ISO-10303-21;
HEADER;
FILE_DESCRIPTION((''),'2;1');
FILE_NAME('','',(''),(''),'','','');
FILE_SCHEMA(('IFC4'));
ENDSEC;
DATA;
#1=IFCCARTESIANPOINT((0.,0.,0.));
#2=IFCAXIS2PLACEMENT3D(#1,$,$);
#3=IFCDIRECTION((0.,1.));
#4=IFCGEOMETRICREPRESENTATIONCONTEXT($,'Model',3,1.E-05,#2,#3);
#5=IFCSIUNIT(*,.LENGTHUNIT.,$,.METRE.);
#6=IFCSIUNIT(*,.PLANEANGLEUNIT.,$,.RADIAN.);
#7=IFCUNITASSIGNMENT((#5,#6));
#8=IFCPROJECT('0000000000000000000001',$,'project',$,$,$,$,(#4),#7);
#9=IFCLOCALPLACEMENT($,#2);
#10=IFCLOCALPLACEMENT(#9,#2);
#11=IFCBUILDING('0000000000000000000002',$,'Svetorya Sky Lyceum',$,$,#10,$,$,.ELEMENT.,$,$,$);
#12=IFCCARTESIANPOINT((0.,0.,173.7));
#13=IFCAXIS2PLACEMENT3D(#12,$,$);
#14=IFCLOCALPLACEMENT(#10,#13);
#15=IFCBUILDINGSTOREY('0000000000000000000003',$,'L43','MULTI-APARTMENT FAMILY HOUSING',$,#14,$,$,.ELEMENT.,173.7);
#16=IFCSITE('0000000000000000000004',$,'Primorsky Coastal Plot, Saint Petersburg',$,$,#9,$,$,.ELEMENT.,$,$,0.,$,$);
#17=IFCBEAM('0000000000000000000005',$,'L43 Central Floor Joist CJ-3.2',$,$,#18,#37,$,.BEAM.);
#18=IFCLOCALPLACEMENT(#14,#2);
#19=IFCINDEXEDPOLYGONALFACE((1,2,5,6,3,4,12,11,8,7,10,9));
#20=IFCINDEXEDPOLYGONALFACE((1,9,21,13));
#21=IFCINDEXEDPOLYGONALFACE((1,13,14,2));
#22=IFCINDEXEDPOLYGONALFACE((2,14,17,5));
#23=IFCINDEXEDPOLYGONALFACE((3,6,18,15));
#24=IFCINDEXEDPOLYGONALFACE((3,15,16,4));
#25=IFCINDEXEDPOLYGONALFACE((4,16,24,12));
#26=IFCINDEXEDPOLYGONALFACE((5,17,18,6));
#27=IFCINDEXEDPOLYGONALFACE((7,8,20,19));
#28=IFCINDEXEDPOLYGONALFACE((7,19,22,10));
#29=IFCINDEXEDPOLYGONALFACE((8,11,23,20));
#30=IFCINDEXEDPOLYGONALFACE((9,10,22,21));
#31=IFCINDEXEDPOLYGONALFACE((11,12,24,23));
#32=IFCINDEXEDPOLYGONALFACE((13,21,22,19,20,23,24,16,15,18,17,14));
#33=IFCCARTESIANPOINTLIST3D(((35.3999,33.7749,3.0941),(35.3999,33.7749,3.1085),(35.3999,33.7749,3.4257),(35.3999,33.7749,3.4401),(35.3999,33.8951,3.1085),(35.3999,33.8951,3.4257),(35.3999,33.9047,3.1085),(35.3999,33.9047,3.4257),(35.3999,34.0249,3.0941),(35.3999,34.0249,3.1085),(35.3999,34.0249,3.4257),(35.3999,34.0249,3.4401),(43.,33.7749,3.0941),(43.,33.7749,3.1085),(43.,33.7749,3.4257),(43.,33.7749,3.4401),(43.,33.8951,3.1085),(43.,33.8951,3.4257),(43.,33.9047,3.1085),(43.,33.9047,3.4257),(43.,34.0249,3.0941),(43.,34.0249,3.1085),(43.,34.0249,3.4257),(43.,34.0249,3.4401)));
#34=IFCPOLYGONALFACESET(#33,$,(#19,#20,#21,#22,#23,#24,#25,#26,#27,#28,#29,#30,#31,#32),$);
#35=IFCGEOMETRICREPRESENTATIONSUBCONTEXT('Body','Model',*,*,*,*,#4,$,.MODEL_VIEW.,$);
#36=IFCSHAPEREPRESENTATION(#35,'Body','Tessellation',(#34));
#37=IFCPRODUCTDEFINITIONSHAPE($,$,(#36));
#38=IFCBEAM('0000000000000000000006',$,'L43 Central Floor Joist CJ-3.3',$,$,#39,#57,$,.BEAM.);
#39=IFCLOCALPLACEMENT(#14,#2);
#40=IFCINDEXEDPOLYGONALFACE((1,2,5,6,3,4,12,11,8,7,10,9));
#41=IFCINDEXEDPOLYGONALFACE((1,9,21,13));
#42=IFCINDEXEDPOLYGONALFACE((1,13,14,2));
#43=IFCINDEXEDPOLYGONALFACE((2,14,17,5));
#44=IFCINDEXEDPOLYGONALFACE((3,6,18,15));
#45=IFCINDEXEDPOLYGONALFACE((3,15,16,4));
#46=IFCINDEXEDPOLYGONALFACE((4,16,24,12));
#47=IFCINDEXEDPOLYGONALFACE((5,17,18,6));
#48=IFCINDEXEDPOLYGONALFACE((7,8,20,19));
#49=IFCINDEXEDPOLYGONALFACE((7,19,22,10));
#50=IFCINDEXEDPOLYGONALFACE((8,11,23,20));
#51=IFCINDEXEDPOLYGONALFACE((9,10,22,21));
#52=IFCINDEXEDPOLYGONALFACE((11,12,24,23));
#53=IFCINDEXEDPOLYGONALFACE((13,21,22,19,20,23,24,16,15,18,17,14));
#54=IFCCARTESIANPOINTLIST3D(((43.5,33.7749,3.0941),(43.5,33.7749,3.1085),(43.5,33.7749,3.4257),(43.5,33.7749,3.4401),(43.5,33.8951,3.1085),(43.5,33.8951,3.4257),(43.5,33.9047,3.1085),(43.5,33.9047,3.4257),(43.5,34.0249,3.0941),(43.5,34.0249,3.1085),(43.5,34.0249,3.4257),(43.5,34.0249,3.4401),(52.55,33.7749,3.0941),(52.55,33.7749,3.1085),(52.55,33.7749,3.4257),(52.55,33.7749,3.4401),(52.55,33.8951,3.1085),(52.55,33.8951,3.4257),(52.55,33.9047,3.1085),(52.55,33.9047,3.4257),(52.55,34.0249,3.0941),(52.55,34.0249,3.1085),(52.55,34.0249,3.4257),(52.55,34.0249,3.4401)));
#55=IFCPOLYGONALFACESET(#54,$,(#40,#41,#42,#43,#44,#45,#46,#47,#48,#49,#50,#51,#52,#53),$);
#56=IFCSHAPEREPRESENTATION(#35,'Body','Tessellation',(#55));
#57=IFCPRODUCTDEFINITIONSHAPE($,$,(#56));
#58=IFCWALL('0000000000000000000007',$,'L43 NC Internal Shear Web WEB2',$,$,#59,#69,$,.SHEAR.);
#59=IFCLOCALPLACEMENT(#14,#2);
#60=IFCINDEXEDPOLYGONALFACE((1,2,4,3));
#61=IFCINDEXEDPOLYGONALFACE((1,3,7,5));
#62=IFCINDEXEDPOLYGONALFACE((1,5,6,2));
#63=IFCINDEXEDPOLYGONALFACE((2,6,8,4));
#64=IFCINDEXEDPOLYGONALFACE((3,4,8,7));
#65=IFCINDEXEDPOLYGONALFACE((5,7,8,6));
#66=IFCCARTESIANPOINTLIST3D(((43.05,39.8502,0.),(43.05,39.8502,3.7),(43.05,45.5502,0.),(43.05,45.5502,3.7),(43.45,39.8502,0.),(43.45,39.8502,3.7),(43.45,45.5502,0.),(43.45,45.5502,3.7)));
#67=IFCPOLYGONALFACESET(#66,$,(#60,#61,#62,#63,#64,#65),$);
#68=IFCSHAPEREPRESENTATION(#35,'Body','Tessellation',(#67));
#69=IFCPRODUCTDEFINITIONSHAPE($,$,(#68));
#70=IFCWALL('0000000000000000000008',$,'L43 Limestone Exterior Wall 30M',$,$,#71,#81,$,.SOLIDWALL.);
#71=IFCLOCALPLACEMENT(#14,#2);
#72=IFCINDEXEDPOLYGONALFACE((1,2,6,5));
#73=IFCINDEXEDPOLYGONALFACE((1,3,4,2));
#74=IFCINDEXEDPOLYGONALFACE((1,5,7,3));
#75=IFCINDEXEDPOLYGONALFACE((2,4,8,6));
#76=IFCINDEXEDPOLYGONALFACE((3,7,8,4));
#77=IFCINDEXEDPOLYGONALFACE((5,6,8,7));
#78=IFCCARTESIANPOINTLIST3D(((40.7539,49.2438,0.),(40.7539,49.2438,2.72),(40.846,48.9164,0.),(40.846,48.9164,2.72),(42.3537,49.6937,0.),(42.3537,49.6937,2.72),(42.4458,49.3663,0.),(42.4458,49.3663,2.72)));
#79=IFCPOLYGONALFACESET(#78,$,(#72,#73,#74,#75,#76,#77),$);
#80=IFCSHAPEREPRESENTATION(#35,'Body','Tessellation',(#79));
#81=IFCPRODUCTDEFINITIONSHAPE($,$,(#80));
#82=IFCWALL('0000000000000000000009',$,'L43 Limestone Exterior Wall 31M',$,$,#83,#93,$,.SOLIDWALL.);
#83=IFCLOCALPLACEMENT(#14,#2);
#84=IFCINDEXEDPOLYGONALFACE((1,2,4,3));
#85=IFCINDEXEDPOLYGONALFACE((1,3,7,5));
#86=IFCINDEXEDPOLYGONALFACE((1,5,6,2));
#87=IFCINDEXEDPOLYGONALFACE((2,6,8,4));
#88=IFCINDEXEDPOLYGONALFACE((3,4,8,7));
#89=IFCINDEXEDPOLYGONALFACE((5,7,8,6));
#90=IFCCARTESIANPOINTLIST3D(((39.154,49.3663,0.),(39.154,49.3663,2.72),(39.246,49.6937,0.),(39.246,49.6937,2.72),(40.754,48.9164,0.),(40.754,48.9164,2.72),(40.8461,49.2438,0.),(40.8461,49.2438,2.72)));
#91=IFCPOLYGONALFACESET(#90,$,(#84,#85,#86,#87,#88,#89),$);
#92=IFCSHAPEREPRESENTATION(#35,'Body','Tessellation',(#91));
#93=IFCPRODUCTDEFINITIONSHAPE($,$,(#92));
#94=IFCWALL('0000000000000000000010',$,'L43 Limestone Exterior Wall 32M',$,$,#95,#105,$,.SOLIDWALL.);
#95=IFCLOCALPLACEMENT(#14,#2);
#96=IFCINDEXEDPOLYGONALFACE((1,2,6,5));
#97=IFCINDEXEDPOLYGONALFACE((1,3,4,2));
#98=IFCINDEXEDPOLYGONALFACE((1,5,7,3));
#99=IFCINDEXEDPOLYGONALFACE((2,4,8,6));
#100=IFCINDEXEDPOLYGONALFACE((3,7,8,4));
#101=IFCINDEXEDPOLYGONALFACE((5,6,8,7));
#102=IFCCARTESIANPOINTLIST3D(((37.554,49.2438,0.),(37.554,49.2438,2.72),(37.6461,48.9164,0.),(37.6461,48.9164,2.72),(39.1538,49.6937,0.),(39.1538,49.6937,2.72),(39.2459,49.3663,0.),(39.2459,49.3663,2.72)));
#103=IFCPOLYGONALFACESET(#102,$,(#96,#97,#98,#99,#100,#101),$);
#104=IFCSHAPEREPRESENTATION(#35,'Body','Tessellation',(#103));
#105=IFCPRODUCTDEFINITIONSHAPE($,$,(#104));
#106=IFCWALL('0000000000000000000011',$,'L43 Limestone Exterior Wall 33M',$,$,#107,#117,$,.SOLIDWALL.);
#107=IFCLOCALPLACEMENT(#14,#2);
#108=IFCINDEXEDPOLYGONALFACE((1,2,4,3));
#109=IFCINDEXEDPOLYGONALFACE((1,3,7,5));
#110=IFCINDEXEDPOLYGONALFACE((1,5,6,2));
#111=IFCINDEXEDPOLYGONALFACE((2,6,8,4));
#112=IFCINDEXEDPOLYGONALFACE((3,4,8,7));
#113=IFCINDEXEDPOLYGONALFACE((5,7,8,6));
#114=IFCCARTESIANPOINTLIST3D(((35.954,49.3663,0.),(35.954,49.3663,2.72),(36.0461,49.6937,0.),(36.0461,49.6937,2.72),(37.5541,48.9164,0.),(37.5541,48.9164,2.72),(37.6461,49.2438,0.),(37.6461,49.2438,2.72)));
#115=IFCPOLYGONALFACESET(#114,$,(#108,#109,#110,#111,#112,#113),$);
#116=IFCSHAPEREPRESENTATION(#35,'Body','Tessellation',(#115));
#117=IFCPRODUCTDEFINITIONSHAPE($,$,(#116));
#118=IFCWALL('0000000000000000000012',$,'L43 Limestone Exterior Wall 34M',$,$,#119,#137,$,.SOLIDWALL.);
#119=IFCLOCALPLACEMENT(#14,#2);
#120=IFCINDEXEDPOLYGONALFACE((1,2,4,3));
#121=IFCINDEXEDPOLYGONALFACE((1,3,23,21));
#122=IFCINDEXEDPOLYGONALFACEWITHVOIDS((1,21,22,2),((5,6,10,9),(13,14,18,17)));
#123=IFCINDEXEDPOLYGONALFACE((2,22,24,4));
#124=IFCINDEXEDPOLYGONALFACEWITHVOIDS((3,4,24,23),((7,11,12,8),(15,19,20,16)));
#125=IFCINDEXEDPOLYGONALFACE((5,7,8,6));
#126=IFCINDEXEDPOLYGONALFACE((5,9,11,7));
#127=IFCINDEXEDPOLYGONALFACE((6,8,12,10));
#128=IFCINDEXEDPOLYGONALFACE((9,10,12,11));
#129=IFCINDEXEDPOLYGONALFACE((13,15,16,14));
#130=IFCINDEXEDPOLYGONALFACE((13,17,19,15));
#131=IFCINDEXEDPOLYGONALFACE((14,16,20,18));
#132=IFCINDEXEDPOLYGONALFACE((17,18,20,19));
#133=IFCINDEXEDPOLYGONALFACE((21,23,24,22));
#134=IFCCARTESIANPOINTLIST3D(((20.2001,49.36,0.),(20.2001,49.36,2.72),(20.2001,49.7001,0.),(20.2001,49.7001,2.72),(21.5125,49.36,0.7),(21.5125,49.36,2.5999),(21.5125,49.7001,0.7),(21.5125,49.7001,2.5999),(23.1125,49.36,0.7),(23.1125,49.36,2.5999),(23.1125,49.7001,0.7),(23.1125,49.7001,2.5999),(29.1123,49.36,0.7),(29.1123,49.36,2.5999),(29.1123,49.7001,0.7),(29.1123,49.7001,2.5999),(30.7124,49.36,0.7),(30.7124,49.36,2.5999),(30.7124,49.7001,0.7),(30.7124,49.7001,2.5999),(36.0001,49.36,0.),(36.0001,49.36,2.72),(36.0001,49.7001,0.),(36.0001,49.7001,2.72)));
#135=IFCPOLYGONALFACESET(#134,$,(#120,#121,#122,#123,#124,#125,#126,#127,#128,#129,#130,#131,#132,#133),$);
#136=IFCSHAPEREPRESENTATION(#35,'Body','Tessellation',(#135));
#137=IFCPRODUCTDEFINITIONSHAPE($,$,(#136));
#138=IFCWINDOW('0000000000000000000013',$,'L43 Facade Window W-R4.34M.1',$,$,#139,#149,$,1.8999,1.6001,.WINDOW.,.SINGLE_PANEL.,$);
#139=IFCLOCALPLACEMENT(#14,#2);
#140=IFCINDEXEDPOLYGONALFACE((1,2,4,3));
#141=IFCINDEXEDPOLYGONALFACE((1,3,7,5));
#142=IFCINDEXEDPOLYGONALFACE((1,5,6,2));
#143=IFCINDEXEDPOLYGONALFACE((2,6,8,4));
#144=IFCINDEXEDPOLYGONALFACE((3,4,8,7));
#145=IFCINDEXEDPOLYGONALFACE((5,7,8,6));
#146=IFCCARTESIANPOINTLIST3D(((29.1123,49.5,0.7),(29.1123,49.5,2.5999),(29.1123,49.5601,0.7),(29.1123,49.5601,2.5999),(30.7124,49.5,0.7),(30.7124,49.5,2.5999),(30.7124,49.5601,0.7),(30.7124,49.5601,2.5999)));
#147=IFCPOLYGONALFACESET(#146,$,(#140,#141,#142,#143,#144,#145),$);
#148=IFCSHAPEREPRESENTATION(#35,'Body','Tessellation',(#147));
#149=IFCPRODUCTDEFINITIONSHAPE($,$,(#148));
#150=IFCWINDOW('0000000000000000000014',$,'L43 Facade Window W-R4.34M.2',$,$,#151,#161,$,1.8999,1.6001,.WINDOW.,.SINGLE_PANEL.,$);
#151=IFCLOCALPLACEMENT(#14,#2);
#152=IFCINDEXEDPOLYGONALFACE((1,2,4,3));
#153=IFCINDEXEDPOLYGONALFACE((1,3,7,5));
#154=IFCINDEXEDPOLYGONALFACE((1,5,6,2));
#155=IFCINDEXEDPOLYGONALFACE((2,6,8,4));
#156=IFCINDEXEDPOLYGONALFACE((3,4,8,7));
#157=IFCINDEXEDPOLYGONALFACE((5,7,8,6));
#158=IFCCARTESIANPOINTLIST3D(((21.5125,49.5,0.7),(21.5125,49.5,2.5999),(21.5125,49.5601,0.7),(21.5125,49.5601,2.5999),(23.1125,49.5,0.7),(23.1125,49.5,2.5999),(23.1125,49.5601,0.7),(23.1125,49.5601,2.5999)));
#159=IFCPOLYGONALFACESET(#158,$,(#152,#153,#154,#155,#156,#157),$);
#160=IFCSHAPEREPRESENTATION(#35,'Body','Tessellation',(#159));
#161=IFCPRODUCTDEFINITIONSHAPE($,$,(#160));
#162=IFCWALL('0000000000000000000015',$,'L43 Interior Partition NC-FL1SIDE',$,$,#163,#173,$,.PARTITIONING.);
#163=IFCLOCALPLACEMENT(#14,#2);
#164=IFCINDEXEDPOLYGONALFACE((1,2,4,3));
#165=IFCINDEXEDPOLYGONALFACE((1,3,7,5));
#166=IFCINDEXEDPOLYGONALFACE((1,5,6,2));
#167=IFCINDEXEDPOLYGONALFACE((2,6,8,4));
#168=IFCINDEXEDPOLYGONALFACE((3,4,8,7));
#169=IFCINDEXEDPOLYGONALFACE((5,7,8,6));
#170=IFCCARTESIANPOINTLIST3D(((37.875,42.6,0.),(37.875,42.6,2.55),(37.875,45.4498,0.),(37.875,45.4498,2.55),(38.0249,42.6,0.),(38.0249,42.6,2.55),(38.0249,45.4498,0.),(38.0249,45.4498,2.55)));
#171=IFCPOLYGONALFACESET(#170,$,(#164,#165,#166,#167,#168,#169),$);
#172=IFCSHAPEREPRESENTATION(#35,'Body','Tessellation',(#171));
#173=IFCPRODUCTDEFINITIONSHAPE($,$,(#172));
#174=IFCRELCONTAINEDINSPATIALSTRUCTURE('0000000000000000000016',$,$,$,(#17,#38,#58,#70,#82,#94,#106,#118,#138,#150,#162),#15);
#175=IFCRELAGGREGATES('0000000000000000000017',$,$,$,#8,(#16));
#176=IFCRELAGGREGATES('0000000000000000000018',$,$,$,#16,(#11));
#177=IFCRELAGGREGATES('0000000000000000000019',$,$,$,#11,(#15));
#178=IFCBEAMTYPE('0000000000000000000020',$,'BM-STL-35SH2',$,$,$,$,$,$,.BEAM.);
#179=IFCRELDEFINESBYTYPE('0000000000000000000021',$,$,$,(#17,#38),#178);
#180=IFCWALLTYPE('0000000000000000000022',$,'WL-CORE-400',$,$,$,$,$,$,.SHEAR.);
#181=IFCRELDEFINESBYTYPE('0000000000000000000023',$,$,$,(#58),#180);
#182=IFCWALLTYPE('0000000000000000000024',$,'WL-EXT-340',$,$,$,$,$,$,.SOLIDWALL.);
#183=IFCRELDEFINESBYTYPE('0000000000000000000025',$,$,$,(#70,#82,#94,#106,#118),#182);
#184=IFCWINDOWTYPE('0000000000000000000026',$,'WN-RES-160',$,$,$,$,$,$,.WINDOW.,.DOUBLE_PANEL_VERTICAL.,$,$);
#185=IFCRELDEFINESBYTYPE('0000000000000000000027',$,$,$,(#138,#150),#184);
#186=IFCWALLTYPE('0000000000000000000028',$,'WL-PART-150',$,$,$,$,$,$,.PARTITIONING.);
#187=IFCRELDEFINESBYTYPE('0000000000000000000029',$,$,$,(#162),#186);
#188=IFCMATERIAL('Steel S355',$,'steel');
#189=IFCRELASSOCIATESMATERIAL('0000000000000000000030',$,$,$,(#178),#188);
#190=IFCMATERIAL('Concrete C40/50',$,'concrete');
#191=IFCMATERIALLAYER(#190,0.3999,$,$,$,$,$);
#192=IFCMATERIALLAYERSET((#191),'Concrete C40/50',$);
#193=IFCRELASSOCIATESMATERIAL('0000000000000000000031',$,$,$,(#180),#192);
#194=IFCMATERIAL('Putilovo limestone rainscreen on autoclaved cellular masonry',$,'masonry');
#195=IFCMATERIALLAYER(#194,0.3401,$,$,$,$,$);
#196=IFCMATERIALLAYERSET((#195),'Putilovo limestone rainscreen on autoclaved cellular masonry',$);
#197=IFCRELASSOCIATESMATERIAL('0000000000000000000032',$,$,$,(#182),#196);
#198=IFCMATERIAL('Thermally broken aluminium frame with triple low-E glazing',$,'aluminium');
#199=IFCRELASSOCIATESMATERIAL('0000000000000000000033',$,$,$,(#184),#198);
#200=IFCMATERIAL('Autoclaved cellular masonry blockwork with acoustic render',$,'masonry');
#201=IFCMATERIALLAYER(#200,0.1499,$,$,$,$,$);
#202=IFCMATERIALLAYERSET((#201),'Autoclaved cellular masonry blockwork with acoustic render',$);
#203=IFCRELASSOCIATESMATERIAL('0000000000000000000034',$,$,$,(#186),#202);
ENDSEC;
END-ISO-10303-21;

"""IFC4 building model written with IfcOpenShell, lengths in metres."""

from ifc_helpers import new_model, si_unit, direction, frame, frame_2d, origin, origin_2d, place, context, subcontext, project, spatial, rectangle, i_section, extrude, material, layer, layer_set, material_profile, profile_set, type_object, element, fill, save


model = new_model("IFC4")

# Units and contexts
model_context = context("Model", 3, precision=1e-05, world=origin(), true_north=direction((0.0, 1.0)))
body_context = subcontext(model_context, "Body", "Model", "MODEL_VIEW")
ifc_project = project(units=[si_unit("LENGTHUNIT", "METRE"), si_unit("PLANEANGLEUNIT", "RADIAN")], contexts=[model_context])

# Site, building, storey
site_placement = place(None, origin())
site = spatial("IfcSite", under=ifc_project, at=site_placement, Name="Primorsky Coastal Plot, Saint Petersburg", CompositionType="ELEMENT", RefElevation=0.0)
building_placement = place(site_placement, origin())
building = spatial("IfcBuilding", under=site, at=building_placement, Name="Svetorya Sky Lyceum", CompositionType="ELEMENT")
storey_placement = place(building_placement, frame((0.0, 0.0, 173.7)))
storey = spatial("IfcBuildingStorey", under=building, at=storey_placement, Name="L43", Description="MULTI-APARTMENT FAMILY HOUSING", CompositionType="ELEMENT", Elevation=173.7)

# Beams
ifc_material_1 = material(Name="Steel S355", Category="steel")
ifc_material_profile_1 = material_profile(ifc_material_1, i_section(OverallWidth=0.25, OverallDepth=0.3459, WebThickness=0.0095, FlangeThickness=0.0144, at=origin_2d()), Name="GOST 35Sh2")
ifc_profile_set_1 = profile_set([ifc_material_profile_1], Name="Steel S355")
beam_type_1 = type_object("IfcBeamType", Name="BM-STL-35SH2", PredefinedType="BEAM", material=ifc_profile_set_1)
beam_1_placement = place(storey_placement, frame((35.3999, 33.8999, 3.2671), z_axis=(1.0, 0.0, 0.0), x_axis=(0.0, 1.0, 0.0)))
element("IfcBeam", 1, at=beam_1_placement, inside=storey, type_object=beam_type_1, Name="L43 Central Floor Joist CJ-3.2", PredefinedType="BEAM", context=body_context, shape_type="SweptSolid", body=[
    extrude(i_section(OverallWidth=0.25, OverallDepth=0.3459, WebThickness=0.0095, FlangeThickness=0.0144, at=origin_2d()), origin(), (0.0, 0.0, 1.0), 7.6001),
])
beam_2_placement = place(storey_placement, frame((43.5, 33.8999, 3.2671), z_axis=(1.0, 0.0, 0.0), x_axis=(0.0, 1.0, 0.0)))
element("IfcBeam", 2, at=beam_2_placement, inside=storey, type_object=beam_type_1, Name="L43 Central Floor Joist CJ-3.3", PredefinedType="BEAM", context=body_context, shape_type="SweptSolid", body=[
    extrude(i_section(OverallWidth=0.25, OverallDepth=0.3459, WebThickness=0.0095, FlangeThickness=0.0144, at=origin_2d()), origin(), (0.0, 0.0, 1.0), 9.05),
])

# Walls
ifc_material_2 = material(Name="Concrete C40/50", Category="concrete")
ifc_layer_1 = layer(ifc_material_2, 0.3999)
ifc_layer_set_1 = layer_set([ifc_layer_1], Name="Concrete C40/50")
wall_type_1 = type_object("IfcWallType", Name="WL-CORE-400", PredefinedType="SHEAR", material=ifc_layer_set_1)
wall_1_placement = place(storey_placement, frame((43.25, 39.8501, 0.0), z_axis=(0.0, 0.0, 1.0), x_axis=(0.0, 1.0, 0.0)))
element("IfcWall", 3, at=wall_1_placement, inside=storey, type_object=wall_type_1, Name="L43 NC Internal Shear Web WEB2", PredefinedType="SHEAR", context=body_context, shape_type="SweptSolid", body=[
    extrude(rectangle(XDim=5.7, YDim=0.3999, at=frame_2d((2.8501, 0.0))), origin(), (0.0, 0.0, 1.0), 3.7),
])
ifc_material_3 = material(Name="Putilovo limestone rainscreen on autoclaved cellular masonry", Category="masonry")
ifc_layer_2 = layer(ifc_material_3, 0.3401)
ifc_layer_set_2 = layer_set([ifc_layer_2], Name="Putilovo limestone rainscreen on autoclaved cellular masonry")
wall_type_2 = type_object("IfcWallType", Name="WL-EXT-340", PredefinedType="SOLIDWALL", material=ifc_layer_set_2)
wall_2_placement = place(storey_placement, frame((42.3999, 49.53, 0.0), z_axis=(0.0, 0.0, 1.0), x_axis=(-0.962652, -0.270741, 0.0)))
element("IfcWall", 4, at=wall_2_placement, inside=storey, type_object=wall_type_2, Name="L43 Limestone Exterior Wall 30M", PredefinedType="SOLIDWALL", context=body_context, shape_type="SweptSolid", body=[
    extrude(rectangle(XDim=1.6619, YDim=0.3401, at=frame_2d((0.8311, 0.0))), origin(), (0.0, 0.0, 1.0), 2.72),
])
wall_3_placement = place(storey_placement, frame((40.8, 49.0801, 0.0), z_axis=(0.0, 0.0, 1.0), x_axis=(-0.962663, 0.270703, 0.0)))
element("IfcWall", 5, at=wall_3_placement, inside=storey, type_object=wall_type_2, Name="L43 Limestone Exterior Wall 31M", PredefinedType="SOLIDWALL", context=body_context, shape_type="SweptSolid", body=[
    extrude(rectangle(XDim=1.6621, YDim=0.3401, at=frame_2d((0.8311, 0.0))), origin(), (0.0, 0.0, 1.0), 2.72),
])
wall_4_placement = place(storey_placement, frame((39.2, 49.53, 0.0), z_axis=(0.0, 0.0, 1.0), x_axis=(-0.962652, -0.270741, 0.0)))
element("IfcWall", 6, at=wall_4_placement, inside=storey, type_object=wall_type_2, Name="L43 Limestone Exterior Wall 32M", PredefinedType="SOLIDWALL", context=body_context, shape_type="SweptSolid", body=[
    extrude(rectangle(XDim=1.6619, YDim=0.3401, at=frame_2d((0.8311, 0.0))), origin(), (0.0, 0.0, 1.0), 2.72),
])
wall_5_placement = place(storey_placement, frame((37.6001, 49.0801, 0.0), z_axis=(0.0, 0.0, 1.0), x_axis=(-0.962663, 0.270703, 0.0)))
element("IfcWall", 7, at=wall_5_placement, inside=storey, type_object=wall_type_2, Name="L43 Limestone Exterior Wall 33M", PredefinedType="SOLIDWALL", context=body_context, shape_type="SweptSolid", body=[
    extrude(rectangle(XDim=1.6621, YDim=0.3401, at=frame_2d((0.8311, 0.0))), origin(), (0.0, 0.0, 1.0), 2.72),
])

# Wall, openings, windows
wall_6_placement = place(storey_placement, frame((36.0, 49.53, 0.0), z_axis=(0.0, 0.0, 1.0), x_axis=(-1.0, 0.0, 0.0)))
wall_6 = element("IfcWall", 8, at=wall_6_placement, inside=storey, type_object=wall_type_2, Name="L43 Limestone Exterior Wall 34M", PredefinedType="SOLIDWALL", context=body_context, shape_type="SweptSolid", body=[
    extrude(rectangle(XDim=15.8, YDim=0.3401, at=frame_2d((7.8999, 0.0))), origin(), (0.0, 0.0, 1.0), 2.72),
])
opening_1_placement = place(wall_6_placement, frame((5.2876, 0.0, 0.7)))
opening_1 = element("IfcOpeningElement", 9, at=opening_1_placement, cuts=wall_6, PredefinedType="OPENING", context=body_context, shape_type="SweptSolid", body=[
    extrude(rectangle(XDim=1.6001, YDim=1.8999, at=frame_2d((0.8, 0.95))), frame((0.0, 0.1799, 0.0), z_axis=(0.0, -1.0, 0.0), x_axis=(1.0, 0.0, 0.0)), (0.0, 0.0, 1.0), 0.3601),
])
opening_2_placement = place(wall_6_placement, frame((12.8875, 0.0, 0.7)))
opening_2 = element("IfcOpeningElement", 10, at=opening_2_placement, cuts=wall_6, PredefinedType="OPENING", context=body_context, shape_type="SweptSolid", body=[
    extrude(rectangle(XDim=1.6001, YDim=1.8999, at=frame_2d((0.8, 0.95))), frame((0.0, 0.1799, 0.0), z_axis=(0.0, -1.0, 0.0), x_axis=(1.0, 0.0, 0.0)), (0.0, 0.0, 1.0), 0.3601),
])
ifc_material_4 = material(Name="Thermally broken aluminium frame with triple low-E glazing", Category="aluminium")
window_type = type_object("IfcWindowType", Name="WN-RES-160", PartitioningType="DOUBLE_PANEL_VERTICAL", PredefinedType="WINDOW", material=ifc_material_4)
window_1_placement = place(opening_1_placement, origin())
window_1 = element("IfcWindow", 11, at=window_1_placement, inside=storey, type_object=window_type, Name="L43 Facade Window W-R4.34M.1", OverallHeight=1.8999, OverallWidth=1.6001, PartitioningType="SINGLE_PANEL", PredefinedType="WINDOW", context=body_context, shape_type="SweptSolid", body=[
    extrude(rectangle(XDim=1.6001, YDim=1.8999, at=frame_2d((0.8, 0.95))), frame((0.0, 0.03, 0.0), z_axis=(0.0, -1.0, 0.0), x_axis=(1.0, 0.0, 0.0)), (0.0, 0.0, 1.0), 0.0601),
])
fill(opening_1, window_1)
window_2_placement = place(opening_2_placement, origin())
window_2 = element("IfcWindow", 12, at=window_2_placement, inside=storey, type_object=window_type, Name="L43 Facade Window W-R4.34M.2", OverallHeight=1.8999, OverallWidth=1.6001, PartitioningType="SINGLE_PANEL", PredefinedType="WINDOW", context=body_context, shape_type="SweptSolid", body=[
    extrude(rectangle(XDim=1.6001, YDim=1.8999, at=frame_2d((0.8, 0.95))), frame((0.0, 0.03, 0.0), z_axis=(0.0, -1.0, 0.0), x_axis=(1.0, 0.0, 0.0)), (0.0, 0.0, 1.0), 0.0601),
])
fill(opening_2, window_2)

# Wall
ifc_material_5 = material(Name="Autoclaved cellular masonry blockwork with acoustic render", Category="masonry")
ifc_layer_3 = layer(ifc_material_5, 0.1499)
ifc_layer_set_3 = layer_set([ifc_layer_3], Name="Autoclaved cellular masonry blockwork with acoustic render")
wall_type_3 = type_object("IfcWallType", Name="WL-PART-150", PredefinedType="PARTITIONING", material=ifc_layer_set_3)
wall_7_placement = place(storey_placement, frame((37.95, 42.6001, 0.0), z_axis=(0.0, 0.0, 1.0), x_axis=(0.0, 1.0, 0.0)))
element("IfcWall", 13, at=wall_7_placement, inside=storey, type_object=wall_type_3, Name="L43 Interior Partition NC-FL1SIDE", PredefinedType="PARTITIONING", context=body_context, shape_type="SweptSolid", body=[
    extrude(rectangle(XDim=2.8499, YDim=0.1499, at=frame_2d((1.4248, 0.0))), origin(), (0.0, 0.0, 1.0), 2.55),
])

save(model, "model.ifc")
